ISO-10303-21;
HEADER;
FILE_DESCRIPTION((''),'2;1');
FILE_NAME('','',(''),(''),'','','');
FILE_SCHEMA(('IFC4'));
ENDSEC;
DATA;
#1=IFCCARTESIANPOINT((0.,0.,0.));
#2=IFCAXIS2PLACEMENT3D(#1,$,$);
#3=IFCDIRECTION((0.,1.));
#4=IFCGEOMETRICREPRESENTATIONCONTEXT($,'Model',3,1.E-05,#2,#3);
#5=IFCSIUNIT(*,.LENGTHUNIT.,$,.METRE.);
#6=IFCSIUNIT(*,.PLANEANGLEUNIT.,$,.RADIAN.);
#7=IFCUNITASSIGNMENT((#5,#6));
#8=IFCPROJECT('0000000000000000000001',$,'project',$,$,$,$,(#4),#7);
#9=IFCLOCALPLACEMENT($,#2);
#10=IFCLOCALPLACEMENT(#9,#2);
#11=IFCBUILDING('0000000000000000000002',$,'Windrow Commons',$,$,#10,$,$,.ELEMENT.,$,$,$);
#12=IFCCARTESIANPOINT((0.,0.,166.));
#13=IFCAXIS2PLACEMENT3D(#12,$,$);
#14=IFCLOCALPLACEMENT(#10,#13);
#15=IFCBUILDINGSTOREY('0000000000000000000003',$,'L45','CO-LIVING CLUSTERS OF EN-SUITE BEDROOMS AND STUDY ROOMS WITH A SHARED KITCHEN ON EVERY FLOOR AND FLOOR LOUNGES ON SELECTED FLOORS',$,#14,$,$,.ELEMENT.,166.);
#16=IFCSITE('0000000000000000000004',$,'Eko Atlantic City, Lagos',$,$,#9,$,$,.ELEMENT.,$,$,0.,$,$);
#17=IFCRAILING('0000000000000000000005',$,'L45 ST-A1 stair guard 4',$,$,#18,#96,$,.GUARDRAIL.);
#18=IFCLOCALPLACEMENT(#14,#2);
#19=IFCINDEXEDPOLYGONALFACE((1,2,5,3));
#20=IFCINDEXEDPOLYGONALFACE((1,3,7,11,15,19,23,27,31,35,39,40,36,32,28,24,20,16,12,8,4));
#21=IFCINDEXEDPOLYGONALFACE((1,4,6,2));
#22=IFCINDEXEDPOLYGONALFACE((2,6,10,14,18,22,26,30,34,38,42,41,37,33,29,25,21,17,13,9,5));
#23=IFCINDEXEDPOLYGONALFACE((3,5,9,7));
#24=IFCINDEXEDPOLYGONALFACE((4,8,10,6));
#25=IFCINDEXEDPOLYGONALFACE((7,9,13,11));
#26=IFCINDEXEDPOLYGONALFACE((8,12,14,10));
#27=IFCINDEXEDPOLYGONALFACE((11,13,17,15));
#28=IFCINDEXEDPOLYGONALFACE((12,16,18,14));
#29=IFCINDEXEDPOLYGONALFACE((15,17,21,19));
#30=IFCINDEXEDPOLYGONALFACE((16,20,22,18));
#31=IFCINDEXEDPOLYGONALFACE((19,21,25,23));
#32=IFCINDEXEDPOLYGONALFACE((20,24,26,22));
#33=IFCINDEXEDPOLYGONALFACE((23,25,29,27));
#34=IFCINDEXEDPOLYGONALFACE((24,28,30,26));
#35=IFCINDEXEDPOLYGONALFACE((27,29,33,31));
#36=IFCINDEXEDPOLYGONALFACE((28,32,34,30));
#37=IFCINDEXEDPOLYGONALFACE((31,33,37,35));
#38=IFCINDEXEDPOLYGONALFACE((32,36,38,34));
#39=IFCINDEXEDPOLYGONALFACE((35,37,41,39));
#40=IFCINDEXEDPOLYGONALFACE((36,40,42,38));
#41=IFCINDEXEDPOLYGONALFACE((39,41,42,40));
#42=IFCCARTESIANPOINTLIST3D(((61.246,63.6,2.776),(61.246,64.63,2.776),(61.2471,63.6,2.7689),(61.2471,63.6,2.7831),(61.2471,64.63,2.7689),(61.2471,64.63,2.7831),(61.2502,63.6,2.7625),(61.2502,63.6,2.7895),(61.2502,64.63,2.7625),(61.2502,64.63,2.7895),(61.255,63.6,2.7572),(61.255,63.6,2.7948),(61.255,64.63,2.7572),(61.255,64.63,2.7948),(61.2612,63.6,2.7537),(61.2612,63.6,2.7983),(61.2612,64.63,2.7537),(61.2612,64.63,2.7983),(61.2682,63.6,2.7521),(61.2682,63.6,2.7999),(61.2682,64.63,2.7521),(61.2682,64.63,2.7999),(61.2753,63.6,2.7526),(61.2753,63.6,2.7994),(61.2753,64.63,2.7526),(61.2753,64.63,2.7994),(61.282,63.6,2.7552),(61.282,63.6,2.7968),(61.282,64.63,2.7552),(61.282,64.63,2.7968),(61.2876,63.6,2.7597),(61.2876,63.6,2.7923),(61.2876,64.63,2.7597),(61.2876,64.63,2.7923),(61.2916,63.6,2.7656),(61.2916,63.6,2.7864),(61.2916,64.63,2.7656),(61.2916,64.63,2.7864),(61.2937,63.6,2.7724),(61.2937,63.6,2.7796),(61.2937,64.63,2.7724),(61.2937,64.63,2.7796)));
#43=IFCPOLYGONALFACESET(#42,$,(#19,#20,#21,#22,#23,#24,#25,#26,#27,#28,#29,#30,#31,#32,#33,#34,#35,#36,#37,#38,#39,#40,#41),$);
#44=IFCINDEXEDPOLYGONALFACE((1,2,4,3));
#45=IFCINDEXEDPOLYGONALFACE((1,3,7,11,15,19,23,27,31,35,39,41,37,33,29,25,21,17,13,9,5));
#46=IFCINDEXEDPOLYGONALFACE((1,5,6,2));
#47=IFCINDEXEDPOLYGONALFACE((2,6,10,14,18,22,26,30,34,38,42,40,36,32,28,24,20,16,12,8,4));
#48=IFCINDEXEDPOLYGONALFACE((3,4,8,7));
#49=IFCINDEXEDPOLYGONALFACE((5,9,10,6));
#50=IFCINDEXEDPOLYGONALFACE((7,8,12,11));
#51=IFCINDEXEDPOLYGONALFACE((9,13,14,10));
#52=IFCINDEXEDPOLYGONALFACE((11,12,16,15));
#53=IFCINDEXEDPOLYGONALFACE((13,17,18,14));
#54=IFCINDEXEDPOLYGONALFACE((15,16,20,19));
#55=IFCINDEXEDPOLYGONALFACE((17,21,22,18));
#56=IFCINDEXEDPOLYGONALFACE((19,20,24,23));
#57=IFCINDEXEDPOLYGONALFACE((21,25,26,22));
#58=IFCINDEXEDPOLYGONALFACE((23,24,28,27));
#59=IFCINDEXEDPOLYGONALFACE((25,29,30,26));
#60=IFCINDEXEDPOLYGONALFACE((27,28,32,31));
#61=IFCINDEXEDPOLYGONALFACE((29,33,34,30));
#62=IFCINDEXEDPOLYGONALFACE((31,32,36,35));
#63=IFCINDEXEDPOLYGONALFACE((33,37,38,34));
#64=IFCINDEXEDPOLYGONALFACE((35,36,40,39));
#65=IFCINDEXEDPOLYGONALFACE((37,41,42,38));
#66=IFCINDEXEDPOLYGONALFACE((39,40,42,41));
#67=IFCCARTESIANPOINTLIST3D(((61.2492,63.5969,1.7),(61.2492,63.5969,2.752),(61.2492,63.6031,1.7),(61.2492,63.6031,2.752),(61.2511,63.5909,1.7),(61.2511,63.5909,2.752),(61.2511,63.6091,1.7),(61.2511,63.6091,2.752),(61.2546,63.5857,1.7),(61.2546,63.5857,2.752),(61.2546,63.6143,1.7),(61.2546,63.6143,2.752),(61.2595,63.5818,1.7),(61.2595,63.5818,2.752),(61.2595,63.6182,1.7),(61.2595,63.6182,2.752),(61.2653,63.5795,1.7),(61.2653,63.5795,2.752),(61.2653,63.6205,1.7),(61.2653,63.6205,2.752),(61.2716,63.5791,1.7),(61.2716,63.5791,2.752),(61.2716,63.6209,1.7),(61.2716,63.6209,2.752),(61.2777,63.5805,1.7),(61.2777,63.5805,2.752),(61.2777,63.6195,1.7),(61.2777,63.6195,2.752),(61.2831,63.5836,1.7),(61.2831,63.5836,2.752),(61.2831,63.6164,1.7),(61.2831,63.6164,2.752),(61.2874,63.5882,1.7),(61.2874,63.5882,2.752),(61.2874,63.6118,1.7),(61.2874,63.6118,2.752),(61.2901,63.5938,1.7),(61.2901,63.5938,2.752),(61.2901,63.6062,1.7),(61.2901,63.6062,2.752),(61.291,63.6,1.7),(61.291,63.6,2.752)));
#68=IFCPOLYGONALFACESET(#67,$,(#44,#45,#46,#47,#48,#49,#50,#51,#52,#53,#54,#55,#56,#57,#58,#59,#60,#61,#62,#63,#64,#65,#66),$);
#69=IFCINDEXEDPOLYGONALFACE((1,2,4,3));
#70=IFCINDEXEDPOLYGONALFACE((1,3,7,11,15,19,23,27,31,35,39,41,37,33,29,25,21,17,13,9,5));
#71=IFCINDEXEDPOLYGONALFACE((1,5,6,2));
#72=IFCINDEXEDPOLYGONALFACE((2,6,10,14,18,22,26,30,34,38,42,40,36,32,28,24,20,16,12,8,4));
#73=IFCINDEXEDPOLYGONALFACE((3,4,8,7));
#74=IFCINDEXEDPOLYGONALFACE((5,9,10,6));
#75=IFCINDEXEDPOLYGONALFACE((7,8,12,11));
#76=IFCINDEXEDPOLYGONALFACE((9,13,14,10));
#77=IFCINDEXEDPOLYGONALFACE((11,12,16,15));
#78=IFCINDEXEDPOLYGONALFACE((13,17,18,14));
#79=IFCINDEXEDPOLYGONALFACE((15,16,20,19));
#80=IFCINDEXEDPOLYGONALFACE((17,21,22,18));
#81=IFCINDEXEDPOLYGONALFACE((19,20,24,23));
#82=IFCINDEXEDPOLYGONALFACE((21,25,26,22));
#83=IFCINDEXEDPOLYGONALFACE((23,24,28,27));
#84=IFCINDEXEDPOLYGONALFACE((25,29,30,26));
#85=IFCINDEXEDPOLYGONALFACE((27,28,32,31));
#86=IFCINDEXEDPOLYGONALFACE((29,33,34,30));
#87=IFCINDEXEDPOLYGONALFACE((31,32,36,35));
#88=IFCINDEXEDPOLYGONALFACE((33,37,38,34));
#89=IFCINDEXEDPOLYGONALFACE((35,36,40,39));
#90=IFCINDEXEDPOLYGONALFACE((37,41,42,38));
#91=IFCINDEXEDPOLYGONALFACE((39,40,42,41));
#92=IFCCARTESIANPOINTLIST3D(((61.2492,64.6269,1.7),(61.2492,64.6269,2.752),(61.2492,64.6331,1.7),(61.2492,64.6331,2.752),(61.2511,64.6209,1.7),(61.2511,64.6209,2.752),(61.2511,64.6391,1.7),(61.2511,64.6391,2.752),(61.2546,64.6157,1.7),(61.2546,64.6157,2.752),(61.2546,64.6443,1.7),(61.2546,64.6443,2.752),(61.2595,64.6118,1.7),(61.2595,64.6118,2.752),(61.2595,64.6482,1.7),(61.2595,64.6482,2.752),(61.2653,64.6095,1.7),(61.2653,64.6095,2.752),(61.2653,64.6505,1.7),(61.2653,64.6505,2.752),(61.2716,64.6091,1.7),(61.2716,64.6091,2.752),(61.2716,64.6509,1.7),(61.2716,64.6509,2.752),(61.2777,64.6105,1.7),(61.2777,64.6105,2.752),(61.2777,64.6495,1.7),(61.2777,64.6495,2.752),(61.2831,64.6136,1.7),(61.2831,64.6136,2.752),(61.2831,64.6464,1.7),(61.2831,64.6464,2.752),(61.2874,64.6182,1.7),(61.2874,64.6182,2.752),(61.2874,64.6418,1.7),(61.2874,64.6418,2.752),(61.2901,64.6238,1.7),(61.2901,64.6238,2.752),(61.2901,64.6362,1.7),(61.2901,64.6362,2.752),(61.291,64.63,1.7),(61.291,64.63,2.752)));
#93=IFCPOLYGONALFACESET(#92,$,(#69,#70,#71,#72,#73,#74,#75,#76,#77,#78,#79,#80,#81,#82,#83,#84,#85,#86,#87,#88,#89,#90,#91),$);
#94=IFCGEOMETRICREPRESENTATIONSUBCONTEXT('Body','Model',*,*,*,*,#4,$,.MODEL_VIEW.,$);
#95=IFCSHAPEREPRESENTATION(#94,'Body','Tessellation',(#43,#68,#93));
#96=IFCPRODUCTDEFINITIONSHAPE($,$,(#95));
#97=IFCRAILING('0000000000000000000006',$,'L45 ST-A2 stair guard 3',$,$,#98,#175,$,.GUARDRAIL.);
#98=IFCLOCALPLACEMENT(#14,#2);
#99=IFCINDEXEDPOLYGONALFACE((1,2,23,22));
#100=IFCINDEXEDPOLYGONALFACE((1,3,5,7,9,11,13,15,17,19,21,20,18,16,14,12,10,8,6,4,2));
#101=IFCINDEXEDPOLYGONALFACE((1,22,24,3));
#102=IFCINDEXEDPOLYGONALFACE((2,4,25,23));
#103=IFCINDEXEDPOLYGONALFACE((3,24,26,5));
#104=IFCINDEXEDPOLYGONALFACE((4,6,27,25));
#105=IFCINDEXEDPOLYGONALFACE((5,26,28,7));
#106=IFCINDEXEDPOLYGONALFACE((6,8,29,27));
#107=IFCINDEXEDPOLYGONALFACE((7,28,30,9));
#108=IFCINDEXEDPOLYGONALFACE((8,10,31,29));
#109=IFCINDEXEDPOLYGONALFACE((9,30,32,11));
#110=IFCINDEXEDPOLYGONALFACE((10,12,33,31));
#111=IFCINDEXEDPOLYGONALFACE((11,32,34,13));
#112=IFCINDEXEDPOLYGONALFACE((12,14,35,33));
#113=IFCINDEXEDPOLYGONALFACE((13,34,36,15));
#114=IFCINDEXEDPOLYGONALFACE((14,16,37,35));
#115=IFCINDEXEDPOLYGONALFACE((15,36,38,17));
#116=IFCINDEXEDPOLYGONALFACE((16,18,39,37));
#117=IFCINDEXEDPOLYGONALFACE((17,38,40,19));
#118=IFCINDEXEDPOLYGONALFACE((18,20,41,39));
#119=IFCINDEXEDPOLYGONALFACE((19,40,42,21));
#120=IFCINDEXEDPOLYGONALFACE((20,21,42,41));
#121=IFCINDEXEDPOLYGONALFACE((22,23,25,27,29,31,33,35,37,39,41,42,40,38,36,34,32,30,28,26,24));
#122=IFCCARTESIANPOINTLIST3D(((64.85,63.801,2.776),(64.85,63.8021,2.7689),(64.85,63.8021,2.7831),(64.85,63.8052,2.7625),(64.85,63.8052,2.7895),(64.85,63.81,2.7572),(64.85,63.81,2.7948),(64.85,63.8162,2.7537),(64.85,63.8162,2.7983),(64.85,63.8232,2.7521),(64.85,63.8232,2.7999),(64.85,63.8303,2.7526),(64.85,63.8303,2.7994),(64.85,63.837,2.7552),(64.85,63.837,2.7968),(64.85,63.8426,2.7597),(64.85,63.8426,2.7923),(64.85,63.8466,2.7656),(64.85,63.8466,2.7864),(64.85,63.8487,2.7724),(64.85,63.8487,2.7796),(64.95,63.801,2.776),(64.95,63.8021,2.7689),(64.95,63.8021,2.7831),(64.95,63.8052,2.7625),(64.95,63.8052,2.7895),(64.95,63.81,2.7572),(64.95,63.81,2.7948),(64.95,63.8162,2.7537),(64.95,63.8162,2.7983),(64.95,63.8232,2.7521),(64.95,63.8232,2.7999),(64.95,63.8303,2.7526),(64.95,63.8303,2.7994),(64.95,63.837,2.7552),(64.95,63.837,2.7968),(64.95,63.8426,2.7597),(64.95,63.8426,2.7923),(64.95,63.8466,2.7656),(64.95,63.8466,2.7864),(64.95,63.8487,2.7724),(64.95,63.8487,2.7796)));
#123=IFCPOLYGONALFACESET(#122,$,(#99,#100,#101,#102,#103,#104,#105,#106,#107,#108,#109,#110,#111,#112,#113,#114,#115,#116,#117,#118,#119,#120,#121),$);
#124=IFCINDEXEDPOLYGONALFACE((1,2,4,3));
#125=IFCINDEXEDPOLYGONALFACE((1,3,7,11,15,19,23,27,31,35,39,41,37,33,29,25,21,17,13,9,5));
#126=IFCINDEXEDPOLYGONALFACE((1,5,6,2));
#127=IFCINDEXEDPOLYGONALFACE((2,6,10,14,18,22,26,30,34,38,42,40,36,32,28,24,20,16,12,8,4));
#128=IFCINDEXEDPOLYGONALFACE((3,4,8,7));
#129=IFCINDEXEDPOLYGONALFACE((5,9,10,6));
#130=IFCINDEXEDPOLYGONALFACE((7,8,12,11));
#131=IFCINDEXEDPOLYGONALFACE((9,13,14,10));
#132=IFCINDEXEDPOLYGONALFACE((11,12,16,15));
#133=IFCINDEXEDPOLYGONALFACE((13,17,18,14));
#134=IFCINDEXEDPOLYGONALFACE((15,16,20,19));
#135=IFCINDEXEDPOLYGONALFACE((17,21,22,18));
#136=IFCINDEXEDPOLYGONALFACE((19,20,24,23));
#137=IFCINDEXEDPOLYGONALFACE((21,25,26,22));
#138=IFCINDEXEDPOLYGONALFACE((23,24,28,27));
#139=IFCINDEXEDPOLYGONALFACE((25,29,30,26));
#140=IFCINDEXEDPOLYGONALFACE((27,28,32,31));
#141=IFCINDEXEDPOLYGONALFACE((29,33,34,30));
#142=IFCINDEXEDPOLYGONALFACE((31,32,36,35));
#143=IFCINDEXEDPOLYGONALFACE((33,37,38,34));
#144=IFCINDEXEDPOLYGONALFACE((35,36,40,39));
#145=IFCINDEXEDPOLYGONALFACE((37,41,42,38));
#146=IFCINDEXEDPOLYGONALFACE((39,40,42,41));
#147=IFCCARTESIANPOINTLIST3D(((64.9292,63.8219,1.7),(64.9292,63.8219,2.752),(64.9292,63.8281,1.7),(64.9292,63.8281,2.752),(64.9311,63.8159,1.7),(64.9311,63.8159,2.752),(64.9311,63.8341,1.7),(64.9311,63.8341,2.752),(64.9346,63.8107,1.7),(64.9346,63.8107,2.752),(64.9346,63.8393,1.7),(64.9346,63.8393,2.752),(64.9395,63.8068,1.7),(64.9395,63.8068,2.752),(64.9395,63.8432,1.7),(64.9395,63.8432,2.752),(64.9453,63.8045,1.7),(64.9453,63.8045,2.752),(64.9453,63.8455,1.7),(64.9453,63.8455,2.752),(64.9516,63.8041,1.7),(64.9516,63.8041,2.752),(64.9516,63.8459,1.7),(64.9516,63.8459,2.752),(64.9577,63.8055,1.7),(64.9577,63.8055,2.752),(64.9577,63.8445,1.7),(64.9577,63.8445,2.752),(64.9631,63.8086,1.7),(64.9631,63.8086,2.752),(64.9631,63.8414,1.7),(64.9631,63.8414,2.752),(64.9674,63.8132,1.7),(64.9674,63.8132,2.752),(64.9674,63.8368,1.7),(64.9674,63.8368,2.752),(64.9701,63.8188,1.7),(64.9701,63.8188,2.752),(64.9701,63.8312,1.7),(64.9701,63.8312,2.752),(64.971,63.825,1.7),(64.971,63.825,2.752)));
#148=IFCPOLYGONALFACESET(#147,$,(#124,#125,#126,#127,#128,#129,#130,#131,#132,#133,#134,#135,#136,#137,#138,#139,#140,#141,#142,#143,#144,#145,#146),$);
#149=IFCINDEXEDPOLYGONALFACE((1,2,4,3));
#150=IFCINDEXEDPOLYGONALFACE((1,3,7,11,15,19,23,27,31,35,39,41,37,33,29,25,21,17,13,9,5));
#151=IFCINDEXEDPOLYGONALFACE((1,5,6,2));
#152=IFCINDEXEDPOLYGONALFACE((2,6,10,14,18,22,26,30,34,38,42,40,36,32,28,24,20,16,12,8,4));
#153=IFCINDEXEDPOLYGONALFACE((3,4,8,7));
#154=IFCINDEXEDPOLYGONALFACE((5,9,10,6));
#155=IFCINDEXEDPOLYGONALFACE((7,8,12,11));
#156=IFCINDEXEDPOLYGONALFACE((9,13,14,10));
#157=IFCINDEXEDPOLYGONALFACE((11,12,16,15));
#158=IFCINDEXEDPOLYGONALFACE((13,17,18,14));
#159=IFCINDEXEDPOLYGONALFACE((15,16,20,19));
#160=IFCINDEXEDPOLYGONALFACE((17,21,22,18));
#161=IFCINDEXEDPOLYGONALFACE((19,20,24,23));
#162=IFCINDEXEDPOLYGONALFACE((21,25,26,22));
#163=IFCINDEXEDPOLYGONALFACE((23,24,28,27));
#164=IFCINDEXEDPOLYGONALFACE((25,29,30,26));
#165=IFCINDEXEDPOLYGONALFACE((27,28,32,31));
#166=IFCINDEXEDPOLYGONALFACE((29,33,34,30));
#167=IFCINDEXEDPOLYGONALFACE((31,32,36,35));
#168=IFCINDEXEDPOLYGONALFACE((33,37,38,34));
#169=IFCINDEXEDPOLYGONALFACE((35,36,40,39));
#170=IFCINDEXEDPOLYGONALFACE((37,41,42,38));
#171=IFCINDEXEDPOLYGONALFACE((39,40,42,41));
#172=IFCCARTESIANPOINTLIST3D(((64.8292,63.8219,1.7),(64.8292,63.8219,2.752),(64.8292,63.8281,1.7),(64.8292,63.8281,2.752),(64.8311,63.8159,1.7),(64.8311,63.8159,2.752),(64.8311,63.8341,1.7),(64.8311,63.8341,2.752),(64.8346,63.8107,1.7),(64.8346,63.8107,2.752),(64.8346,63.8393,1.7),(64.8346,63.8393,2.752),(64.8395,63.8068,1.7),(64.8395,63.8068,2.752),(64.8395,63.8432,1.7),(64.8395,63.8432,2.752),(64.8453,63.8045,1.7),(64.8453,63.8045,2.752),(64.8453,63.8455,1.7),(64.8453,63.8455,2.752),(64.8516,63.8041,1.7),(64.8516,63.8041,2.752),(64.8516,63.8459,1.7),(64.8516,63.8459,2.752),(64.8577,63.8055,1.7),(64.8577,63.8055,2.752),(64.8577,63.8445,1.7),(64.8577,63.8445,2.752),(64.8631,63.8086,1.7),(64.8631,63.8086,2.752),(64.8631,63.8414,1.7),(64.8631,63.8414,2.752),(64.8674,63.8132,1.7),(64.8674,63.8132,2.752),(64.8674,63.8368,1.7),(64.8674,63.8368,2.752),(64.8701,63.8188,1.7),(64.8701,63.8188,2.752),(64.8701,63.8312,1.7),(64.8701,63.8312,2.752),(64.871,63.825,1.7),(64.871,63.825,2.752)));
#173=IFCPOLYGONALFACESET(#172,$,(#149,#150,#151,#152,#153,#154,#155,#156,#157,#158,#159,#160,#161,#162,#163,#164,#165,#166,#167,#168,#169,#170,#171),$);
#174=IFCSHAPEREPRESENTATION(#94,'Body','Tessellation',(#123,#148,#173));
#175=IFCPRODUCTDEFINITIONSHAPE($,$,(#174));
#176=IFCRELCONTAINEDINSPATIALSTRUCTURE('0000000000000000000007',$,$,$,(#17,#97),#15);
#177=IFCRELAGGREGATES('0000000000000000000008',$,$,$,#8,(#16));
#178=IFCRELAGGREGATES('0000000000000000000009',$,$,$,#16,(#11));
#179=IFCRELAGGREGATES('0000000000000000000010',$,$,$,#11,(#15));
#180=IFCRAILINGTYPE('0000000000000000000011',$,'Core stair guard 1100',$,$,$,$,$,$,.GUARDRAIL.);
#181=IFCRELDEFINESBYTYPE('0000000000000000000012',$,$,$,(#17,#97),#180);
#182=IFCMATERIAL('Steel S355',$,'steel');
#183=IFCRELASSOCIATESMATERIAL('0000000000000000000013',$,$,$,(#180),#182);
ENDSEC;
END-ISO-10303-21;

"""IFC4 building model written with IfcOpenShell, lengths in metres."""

from ifc_helpers import new_model, si_unit, direction, frame, origin, origin_2d, place, context, subcontext, project, spatial, circle, extrude, material, type_object, element, save


model = new_model("IFC4")

# Units and contexts
model_context = context("Model", 3, precision=1e-05, world=origin(), true_north=direction((0.0, 1.0)))
body_context = subcontext(model_context, "Body", "Model", "MODEL_VIEW")
ifc_project = project(units=[si_unit("LENGTHUNIT", "METRE"), si_unit("PLANEANGLEUNIT", "RADIAN")], contexts=[model_context])

# Site, building, storey
site_placement = place(None, origin())
site = spatial("IfcSite", under=ifc_project, at=site_placement, Name="Eko Atlantic City, Lagos", CompositionType="ELEMENT", RefElevation=0.0)
building_placement = place(site_placement, origin())
building = spatial("IfcBuilding", under=site, at=building_placement, Name="Windrow Commons", CompositionType="ELEMENT")
storey_placement = place(building_placement, frame((0.0, 0.0, 166.0)))
storey = spatial("IfcBuildingStorey", under=building, at=storey_placement, Name="L45", Description="CO-LIVING CLUSTERS OF EN-SUITE BEDROOMS AND STUDY ROOMS WITH A SHARED KITCHEN ON EVERY FLOOR AND FLOOR LOUNGES ON SELECTED FLOORS", CompositionType="ELEMENT", Elevation=166.0)

# Railings
ifc_material_1 = material(Name="Steel S355", Category="steel")
railing_type_1 = type_object("IfcRailingType", Name="Core stair guard 1100", PredefinedType="GUARDRAIL", material=ifc_material_1)
for number, where, name in (
    (1, (61.27, 63.6, 1.7), "L45 ST-A1 stair guard 4"),
):
    element("IfcRailing", number, at=place(storey_placement, frame(where)), inside=storey, type_object=railing_type_1, Name=name, PredefinedType="GUARDRAIL", context=body_context, shape_type="SweptSolid", body=[
        extrude(circle(Radius=0.024, at=origin_2d()), frame((0.0, 0.0, 1.076), z_axis=(0.0, 1.0, 0.0), x_axis=(-1.0, 0.0, 0.0)), (0.0, 0.0, 1.0), 1.03),
        extrude(circle(Radius=0.021, at=origin_2d()), origin(), (0.0, 0.0, 1.0), 1.052),
        extrude(circle(Radius=0.021, at=origin_2d()), frame((0.0, 1.03, 0.0)), (0.0, 0.0, 1.0), 1.052),
    ])
railing_1_placement = place(storey_placement, frame((64.95, 63.825, 1.7)))
element("IfcRailing", 2, at=railing_1_placement, inside=storey, type_object=railing_type_1, Name="L45 ST-A2 stair guard 3", PredefinedType="GUARDRAIL", context=body_context, shape_type="SweptSolid", body=[
    extrude(circle(Radius=0.024, at=origin_2d()), frame((0.0, 0.0, 1.076), z_axis=(-1.0, 0.0, 0.0), x_axis=(0.0, -1.0, 0.0)), (0.0, 0.0, 1.0), 0.1),
    extrude(circle(Radius=0.021, at=origin_2d()), origin(), (0.0, 0.0, 1.0), 1.052),
    extrude(circle(Radius=0.021, at=origin_2d()), frame((-0.1, 0.0, 0.0)), (0.0, 0.0, 1.0), 1.052),
])

save(model, "model.ifc")
